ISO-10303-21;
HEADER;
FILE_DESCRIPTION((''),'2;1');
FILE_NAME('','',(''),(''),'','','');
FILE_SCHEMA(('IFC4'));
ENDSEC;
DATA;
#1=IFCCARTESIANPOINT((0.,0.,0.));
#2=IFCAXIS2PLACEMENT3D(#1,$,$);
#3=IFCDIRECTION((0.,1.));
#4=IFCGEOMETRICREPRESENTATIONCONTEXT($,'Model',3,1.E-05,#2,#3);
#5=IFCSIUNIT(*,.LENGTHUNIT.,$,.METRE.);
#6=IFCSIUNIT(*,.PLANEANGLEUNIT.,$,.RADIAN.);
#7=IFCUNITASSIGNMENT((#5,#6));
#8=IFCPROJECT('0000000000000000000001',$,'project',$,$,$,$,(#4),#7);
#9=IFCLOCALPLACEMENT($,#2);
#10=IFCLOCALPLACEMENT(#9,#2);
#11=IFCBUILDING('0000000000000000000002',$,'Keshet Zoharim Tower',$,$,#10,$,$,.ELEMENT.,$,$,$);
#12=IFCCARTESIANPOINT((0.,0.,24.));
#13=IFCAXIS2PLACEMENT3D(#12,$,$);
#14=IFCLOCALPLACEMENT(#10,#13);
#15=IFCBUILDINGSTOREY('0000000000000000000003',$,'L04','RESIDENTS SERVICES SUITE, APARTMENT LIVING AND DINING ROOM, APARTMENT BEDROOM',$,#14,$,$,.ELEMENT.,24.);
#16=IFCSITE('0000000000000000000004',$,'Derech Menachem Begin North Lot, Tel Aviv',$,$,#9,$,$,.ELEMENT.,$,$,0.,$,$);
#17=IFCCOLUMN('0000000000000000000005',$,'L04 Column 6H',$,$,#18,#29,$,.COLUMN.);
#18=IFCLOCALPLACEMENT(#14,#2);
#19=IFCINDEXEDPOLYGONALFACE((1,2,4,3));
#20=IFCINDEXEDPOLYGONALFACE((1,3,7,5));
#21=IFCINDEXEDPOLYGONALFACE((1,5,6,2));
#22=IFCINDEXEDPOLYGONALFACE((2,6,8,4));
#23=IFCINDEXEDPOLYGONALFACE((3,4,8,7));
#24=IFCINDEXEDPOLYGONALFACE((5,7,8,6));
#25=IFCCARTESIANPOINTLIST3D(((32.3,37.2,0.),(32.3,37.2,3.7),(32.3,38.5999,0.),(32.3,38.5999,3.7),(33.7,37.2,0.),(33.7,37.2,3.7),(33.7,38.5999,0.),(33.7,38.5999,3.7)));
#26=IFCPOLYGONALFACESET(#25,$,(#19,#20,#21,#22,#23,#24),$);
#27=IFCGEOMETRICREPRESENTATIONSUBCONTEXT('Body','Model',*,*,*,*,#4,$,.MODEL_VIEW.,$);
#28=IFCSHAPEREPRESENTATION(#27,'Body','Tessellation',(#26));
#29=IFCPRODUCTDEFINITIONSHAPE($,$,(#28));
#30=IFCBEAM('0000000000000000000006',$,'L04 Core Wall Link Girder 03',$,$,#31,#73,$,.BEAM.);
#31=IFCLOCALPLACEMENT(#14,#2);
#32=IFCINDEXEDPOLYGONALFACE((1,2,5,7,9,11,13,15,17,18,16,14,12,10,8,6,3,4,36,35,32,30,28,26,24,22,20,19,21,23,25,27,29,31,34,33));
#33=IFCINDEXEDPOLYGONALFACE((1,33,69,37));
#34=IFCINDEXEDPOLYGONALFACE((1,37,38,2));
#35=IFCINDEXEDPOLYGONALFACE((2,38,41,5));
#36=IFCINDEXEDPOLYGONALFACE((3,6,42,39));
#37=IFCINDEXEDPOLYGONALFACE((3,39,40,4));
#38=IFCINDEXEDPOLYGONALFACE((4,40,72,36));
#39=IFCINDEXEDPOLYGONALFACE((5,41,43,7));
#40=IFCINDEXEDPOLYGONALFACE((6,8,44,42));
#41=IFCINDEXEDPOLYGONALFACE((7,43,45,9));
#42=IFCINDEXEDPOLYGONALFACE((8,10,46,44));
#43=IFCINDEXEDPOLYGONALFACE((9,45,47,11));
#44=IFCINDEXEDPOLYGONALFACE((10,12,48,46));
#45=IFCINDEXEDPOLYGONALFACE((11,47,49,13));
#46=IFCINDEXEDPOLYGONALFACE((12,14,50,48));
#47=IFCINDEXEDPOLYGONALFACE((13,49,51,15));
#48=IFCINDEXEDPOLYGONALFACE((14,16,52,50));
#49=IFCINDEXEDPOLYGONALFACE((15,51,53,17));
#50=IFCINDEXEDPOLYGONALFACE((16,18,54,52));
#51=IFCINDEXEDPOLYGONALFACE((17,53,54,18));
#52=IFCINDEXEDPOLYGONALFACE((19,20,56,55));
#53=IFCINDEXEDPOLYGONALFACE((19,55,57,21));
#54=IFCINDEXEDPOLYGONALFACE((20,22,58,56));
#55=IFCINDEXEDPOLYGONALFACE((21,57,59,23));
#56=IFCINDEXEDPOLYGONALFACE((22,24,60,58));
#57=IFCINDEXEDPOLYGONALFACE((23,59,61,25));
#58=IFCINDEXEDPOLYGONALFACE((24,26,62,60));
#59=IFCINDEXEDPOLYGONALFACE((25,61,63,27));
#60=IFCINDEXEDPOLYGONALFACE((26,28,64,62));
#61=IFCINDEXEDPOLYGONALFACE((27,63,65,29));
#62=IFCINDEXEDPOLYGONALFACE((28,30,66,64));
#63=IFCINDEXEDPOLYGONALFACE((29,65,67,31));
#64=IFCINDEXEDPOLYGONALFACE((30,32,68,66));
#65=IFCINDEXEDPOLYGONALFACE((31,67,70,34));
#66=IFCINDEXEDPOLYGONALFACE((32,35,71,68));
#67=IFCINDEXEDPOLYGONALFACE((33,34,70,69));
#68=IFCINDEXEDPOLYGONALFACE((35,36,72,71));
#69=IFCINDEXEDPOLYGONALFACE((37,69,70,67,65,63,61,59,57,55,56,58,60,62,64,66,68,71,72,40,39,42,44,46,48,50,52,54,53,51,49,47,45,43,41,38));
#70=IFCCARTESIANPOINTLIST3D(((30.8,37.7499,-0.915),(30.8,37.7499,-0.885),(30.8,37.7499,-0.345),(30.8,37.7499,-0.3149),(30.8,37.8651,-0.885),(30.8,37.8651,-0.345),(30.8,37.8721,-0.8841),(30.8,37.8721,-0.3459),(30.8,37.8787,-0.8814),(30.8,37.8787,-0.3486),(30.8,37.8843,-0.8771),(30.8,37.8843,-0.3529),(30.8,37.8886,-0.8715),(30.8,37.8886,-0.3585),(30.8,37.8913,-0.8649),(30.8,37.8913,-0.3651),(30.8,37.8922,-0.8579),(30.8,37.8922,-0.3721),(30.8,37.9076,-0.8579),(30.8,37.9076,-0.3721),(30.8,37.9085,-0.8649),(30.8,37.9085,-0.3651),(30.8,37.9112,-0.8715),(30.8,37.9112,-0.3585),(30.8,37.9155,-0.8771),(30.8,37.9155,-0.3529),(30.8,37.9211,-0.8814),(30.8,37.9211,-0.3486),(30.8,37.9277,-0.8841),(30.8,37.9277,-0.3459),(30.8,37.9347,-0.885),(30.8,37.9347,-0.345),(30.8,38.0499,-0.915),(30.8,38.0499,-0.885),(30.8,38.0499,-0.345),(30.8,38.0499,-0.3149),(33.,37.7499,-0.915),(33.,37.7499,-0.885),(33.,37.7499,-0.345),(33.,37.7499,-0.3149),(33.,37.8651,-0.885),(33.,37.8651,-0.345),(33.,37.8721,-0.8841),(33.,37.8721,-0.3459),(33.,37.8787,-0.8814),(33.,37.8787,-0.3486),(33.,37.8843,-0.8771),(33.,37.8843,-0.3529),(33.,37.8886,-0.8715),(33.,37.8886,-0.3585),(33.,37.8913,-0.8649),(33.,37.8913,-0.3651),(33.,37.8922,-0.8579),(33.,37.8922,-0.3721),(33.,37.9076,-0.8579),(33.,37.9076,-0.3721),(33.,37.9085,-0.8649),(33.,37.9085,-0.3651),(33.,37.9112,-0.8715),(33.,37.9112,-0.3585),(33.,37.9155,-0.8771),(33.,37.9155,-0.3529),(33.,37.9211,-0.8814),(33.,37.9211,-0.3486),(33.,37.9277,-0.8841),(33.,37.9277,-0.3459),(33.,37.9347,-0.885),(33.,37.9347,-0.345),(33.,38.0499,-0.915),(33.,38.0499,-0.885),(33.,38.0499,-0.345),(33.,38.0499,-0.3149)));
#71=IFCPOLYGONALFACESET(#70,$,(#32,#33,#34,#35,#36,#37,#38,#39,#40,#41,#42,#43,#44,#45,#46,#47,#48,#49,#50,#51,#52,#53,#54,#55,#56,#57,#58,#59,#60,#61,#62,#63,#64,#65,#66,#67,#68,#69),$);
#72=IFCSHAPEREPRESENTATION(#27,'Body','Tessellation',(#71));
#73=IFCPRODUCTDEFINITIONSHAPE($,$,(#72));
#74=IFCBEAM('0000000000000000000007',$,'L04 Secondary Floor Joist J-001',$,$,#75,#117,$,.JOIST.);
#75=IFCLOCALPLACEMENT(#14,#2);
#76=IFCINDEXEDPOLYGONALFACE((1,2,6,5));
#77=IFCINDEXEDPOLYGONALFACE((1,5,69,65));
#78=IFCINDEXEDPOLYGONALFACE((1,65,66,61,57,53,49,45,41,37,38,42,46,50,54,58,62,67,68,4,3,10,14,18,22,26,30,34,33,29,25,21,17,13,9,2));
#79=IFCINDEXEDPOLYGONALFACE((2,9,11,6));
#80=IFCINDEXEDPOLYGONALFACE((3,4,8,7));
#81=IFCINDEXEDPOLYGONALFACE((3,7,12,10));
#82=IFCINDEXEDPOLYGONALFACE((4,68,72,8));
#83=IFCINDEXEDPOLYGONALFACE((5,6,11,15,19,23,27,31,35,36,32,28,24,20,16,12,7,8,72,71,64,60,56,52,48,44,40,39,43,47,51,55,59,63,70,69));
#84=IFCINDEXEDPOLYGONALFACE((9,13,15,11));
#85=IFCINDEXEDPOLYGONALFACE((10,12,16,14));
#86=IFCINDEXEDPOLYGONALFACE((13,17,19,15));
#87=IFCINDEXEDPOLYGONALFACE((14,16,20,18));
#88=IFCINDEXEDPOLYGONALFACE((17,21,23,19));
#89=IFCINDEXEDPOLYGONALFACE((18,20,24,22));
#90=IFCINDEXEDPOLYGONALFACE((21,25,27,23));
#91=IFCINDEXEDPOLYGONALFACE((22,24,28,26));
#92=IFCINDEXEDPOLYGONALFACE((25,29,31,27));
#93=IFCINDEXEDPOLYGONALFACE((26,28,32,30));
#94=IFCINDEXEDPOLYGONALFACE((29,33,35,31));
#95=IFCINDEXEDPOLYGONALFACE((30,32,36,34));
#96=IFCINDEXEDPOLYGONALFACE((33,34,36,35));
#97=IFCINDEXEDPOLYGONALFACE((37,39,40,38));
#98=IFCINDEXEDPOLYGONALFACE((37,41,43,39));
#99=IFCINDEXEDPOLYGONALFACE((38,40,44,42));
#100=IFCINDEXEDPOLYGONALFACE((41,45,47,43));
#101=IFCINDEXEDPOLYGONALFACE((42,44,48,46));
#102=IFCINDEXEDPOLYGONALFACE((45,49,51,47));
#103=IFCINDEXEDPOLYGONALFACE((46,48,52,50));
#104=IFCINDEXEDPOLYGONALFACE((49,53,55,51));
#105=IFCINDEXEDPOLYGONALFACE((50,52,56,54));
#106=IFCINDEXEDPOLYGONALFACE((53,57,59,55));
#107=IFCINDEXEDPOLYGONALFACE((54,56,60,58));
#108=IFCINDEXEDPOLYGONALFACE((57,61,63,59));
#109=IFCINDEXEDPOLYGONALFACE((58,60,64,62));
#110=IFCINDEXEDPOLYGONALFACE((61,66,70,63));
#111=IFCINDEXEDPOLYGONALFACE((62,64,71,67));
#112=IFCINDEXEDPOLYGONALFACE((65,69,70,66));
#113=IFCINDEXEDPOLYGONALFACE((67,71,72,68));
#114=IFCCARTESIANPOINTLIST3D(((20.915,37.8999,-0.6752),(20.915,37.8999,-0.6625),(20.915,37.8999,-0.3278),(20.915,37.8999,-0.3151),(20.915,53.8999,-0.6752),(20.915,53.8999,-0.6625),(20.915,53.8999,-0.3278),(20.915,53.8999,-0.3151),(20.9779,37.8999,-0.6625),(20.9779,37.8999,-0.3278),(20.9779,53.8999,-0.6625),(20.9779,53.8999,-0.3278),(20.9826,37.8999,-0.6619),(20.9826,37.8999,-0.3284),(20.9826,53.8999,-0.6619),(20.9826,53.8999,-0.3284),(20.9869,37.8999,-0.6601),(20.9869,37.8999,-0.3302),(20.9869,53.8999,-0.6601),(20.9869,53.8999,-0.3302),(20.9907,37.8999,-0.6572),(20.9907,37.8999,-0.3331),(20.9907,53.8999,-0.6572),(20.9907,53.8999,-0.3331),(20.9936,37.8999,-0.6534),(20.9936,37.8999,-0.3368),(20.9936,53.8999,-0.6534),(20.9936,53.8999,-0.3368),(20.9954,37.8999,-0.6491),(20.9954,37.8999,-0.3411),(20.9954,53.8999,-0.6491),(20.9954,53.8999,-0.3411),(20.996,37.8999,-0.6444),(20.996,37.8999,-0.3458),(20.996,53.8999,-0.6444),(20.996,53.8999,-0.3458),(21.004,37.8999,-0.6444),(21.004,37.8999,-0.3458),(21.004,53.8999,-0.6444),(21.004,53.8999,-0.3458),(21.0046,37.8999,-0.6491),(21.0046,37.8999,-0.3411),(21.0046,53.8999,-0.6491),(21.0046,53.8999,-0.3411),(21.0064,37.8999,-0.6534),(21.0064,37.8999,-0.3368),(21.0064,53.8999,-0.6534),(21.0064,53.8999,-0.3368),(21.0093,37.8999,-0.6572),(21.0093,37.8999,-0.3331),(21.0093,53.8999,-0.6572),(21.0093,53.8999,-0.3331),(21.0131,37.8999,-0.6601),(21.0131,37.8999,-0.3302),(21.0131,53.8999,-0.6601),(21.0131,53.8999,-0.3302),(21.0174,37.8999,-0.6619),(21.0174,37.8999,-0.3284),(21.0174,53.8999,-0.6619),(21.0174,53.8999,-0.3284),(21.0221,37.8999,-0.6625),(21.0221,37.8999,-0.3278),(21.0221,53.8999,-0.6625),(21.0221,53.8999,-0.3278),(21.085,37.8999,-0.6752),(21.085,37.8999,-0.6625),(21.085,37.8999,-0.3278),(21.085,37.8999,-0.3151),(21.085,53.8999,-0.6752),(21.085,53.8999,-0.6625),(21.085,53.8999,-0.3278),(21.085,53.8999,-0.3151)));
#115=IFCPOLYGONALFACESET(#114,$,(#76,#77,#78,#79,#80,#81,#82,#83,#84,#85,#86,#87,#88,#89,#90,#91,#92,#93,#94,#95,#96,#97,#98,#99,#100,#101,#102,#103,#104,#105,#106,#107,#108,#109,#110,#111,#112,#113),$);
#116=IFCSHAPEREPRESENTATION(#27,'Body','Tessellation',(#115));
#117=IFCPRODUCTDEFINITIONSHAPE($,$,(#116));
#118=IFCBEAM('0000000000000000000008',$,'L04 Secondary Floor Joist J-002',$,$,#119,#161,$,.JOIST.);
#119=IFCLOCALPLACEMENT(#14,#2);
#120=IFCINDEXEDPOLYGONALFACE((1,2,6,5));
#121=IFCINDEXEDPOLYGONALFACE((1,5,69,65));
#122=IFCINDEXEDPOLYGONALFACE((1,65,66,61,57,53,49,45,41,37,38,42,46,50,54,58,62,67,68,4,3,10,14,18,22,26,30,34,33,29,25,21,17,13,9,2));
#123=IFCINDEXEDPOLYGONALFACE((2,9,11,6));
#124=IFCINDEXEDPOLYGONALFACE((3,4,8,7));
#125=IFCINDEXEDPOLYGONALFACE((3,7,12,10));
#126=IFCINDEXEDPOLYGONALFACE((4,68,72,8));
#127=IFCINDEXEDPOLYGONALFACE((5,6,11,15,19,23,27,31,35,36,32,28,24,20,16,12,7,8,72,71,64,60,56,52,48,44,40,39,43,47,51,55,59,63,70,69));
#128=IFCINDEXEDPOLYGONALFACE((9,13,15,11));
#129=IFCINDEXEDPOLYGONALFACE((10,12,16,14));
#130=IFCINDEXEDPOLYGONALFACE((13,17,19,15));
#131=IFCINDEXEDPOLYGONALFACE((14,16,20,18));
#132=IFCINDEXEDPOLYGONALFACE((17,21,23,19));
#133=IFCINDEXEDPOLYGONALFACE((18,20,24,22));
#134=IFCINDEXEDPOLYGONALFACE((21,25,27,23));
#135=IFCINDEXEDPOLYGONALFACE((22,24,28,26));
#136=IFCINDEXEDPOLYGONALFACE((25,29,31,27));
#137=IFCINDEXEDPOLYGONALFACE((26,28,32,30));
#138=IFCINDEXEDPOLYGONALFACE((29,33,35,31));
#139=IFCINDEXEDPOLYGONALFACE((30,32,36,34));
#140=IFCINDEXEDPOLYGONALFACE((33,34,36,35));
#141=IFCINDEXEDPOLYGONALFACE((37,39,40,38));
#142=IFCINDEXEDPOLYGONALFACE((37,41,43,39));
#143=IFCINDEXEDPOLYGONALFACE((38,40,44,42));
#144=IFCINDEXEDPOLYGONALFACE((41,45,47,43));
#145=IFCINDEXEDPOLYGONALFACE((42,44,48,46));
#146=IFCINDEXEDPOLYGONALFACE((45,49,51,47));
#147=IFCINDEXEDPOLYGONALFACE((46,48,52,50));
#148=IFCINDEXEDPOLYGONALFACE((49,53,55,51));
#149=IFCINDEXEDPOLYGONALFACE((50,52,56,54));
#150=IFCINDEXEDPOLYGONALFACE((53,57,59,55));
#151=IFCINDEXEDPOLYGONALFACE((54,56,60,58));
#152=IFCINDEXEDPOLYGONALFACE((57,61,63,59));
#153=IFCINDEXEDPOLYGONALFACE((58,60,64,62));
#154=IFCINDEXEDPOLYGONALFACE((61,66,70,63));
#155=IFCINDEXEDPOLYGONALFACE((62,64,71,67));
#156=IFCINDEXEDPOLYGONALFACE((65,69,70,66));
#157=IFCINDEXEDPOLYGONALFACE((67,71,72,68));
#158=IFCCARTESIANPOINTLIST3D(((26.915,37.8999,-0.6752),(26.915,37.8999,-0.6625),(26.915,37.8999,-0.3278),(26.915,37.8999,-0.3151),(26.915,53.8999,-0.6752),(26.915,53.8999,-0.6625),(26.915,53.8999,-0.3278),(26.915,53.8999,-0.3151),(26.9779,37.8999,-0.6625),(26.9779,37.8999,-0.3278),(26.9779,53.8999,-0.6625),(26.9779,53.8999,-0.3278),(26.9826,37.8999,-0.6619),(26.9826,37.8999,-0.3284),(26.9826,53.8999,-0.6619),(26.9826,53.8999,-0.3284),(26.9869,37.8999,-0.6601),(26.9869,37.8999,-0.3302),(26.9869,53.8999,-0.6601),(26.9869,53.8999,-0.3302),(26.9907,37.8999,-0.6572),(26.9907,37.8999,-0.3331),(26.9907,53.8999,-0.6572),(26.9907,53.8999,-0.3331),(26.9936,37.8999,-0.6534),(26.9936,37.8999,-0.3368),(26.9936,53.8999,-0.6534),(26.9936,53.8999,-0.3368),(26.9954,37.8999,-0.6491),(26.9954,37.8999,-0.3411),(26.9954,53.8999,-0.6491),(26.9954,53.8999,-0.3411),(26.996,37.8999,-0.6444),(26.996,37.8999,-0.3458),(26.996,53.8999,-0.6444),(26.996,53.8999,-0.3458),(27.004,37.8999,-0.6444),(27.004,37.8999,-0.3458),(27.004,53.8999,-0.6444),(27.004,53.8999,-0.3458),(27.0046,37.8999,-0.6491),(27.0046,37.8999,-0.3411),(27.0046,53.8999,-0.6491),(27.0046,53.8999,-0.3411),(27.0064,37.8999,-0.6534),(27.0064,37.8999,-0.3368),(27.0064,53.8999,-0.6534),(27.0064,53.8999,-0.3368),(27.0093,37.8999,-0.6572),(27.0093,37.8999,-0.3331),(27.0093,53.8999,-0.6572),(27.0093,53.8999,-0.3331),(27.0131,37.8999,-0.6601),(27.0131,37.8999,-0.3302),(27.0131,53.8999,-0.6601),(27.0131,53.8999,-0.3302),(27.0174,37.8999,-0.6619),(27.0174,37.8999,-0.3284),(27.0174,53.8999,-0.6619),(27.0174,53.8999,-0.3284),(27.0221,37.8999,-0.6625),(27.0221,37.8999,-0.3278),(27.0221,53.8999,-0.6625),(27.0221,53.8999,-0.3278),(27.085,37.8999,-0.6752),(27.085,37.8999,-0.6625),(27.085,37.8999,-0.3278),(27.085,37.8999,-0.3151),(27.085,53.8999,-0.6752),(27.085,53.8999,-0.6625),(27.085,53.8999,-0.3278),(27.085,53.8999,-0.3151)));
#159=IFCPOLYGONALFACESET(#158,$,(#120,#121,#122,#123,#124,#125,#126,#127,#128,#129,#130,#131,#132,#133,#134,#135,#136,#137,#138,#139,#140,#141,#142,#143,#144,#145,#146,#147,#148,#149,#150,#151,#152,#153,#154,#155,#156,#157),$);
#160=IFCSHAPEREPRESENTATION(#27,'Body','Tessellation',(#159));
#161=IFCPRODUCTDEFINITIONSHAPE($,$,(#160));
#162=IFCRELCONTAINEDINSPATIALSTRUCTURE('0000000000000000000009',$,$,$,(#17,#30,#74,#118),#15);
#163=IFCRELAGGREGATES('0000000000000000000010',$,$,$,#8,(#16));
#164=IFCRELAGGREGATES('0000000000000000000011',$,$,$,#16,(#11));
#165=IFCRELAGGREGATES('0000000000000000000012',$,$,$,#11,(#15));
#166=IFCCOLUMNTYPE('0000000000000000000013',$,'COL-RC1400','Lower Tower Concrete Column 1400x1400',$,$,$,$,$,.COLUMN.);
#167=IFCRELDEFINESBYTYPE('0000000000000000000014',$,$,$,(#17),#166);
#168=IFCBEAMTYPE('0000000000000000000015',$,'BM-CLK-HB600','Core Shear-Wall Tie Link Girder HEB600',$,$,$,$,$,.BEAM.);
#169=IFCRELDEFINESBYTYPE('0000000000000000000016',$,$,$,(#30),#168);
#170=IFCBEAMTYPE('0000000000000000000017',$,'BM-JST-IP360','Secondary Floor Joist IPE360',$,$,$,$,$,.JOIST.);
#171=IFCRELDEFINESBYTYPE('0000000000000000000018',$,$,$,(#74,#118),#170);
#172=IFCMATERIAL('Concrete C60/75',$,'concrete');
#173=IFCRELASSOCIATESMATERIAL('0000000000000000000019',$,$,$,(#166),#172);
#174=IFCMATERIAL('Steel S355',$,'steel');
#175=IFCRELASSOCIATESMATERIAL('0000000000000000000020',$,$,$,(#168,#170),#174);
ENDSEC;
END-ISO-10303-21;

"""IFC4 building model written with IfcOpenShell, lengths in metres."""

from ifc_helpers import new_model, si_unit, direction, frame, origin, origin_2d, place, context, subcontext, project, spatial, rectangle, i_section, extrude, material, material_profile, profile_set, type_object, element, save


model = new_model("IFC4")

# Units and contexts
model_context = context("Model", 3, precision=1e-05, world=origin(), true_north=direction((0.0, 1.0)))
body_context = subcontext(model_context, "Body", "Model", "MODEL_VIEW")
ifc_project = project(units=[si_unit("LENGTHUNIT", "METRE"), si_unit("PLANEANGLEUNIT", "RADIAN")], contexts=[model_context])

# Site, building, storey
site_placement = place(None, origin())
site = spatial("IfcSite", under=ifc_project, at=site_placement, Name="Derech Menachem Begin North Lot, Tel Aviv", CompositionType="ELEMENT", RefElevation=0.0)
building_placement = place(site_placement, origin())
building = spatial("IfcBuilding", under=site, at=building_placement, Name="Keshet Zoharim Tower", CompositionType="ELEMENT")
storey_placement = place(building_placement, frame((0.0, 0.0, 24.0)))
storey = spatial("IfcBuildingStorey", under=building, at=storey_placement, Name="L04", Description="RESIDENTS SERVICES SUITE, APARTMENT LIVING AND DINING ROOM, APARTMENT BEDROOM", CompositionType="ELEMENT", Elevation=24.0)

# Column
ifc_material_1 = material(Name="Concrete C60/75", Category="concrete")
ifc_material_profile_1 = material_profile(ifc_material_1, rectangle(XDim=1.3999, YDim=1.3999, at=origin_2d()), Name="RC1400x1400")
ifc_profile_set_1 = profile_set([ifc_material_profile_1], Name="Concrete C60/75")
column_type = type_object("IfcColumnType", Name="COL-RC1400", Description="Lower Tower Concrete Column 1400x1400", PredefinedType="COLUMN", material=ifc_profile_set_1)
column_placement = place(storey_placement, frame((33.0, 37.8999, 0.0), z_axis=(0.0, 0.0, 1.0), x_axis=(1.0, 0.0, 0.0)))
element("IfcColumn", 1, at=column_placement, inside=storey, type_object=column_type, Name="L04 Column 6H", PredefinedType="COLUMN", context=body_context, shape_type="SweptSolid", body=[
    extrude(rectangle(XDim=1.3999, YDim=1.3999, at=origin_2d()), origin(), (0.0, 0.0, 1.0), 3.7),
])

# Beams
ifc_material_2 = material(Name="Steel S355", Category="steel")
ifc_material_profile_2 = material_profile(ifc_material_2, i_section(OverallWidth=0.3, OverallDepth=0.6001, WebThickness=0.0154, FlangeThickness=0.03, FilletRadius=0.0271, at=origin_2d()), Name="HEB600")
ifc_profile_set_2 = profile_set([ifc_material_profile_2], Name="Steel S355")
beam_type_1 = type_object("IfcBeamType", Name="BM-CLK-HB600", Description="Core Shear-Wall Tie Link Girder HEB600", PredefinedType="BEAM", material=ifc_profile_set_2)
beam_placement = place(storey_placement, frame((30.8, 37.8999, -0.615), z_axis=(1.0, 0.0, 0.0), x_axis=(0.0, 1.0, 0.0)))
element("IfcBeam", 2, at=beam_placement, inside=storey, type_object=beam_type_1, Name="L04 Core Wall Link Girder 03", PredefinedType="BEAM", context=body_context, shape_type="SweptSolid", body=[
    extrude(i_section(OverallWidth=0.3, OverallDepth=0.6001, WebThickness=0.0154, FlangeThickness=0.03, FilletRadius=0.0271, at=origin_2d()), origin(), (0.0, 0.0, 1.0), 2.2),
])
ifc_material_profile_3 = material_profile(ifc_material_2, i_section(OverallWidth=0.1699, OverallDepth=0.3601, WebThickness=0.0081, FlangeThickness=0.0127, FilletRadius=0.0181, at=origin_2d()), Name="IPE360")
ifc_profile_set_3 = profile_set([ifc_material_profile_3], Name="Steel S355")
beam_type_2 = type_object("IfcBeamType", Name="BM-JST-IP360", Description="Secondary Floor Joist IPE360", PredefinedType="JOIST", material=ifc_profile_set_3)
for number, where, z_axis, x_axis, name in (
    (3, (21.0, 37.8999, -0.4951), (0.0, 1.0, 0.0), (-1.0, 0.0, 0.0), "L04 Secondary Floor Joist J-001"),
    (4, (27.0, 37.8999, -0.4951), (0.0, 1.0, 0.0), (-1.0, 0.0, 0.0), "L04 Secondary Floor Joist J-002"),
):
    element("IfcBeam", number, at=place(storey_placement, frame(where, z_axis=z_axis, x_axis=x_axis)), inside=storey, type_object=beam_type_2, Name=name, PredefinedType="JOIST", context=body_context, shape_type="SweptSolid", body=[
        extrude(i_section(OverallWidth=0.1699, OverallDepth=0.3601, WebThickness=0.0081, FlangeThickness=0.0127, FilletRadius=0.0181, at=origin_2d()), origin(), (0.0, 0.0, 1.0), 16.0),
    ])

save(model, "model.ifc")
